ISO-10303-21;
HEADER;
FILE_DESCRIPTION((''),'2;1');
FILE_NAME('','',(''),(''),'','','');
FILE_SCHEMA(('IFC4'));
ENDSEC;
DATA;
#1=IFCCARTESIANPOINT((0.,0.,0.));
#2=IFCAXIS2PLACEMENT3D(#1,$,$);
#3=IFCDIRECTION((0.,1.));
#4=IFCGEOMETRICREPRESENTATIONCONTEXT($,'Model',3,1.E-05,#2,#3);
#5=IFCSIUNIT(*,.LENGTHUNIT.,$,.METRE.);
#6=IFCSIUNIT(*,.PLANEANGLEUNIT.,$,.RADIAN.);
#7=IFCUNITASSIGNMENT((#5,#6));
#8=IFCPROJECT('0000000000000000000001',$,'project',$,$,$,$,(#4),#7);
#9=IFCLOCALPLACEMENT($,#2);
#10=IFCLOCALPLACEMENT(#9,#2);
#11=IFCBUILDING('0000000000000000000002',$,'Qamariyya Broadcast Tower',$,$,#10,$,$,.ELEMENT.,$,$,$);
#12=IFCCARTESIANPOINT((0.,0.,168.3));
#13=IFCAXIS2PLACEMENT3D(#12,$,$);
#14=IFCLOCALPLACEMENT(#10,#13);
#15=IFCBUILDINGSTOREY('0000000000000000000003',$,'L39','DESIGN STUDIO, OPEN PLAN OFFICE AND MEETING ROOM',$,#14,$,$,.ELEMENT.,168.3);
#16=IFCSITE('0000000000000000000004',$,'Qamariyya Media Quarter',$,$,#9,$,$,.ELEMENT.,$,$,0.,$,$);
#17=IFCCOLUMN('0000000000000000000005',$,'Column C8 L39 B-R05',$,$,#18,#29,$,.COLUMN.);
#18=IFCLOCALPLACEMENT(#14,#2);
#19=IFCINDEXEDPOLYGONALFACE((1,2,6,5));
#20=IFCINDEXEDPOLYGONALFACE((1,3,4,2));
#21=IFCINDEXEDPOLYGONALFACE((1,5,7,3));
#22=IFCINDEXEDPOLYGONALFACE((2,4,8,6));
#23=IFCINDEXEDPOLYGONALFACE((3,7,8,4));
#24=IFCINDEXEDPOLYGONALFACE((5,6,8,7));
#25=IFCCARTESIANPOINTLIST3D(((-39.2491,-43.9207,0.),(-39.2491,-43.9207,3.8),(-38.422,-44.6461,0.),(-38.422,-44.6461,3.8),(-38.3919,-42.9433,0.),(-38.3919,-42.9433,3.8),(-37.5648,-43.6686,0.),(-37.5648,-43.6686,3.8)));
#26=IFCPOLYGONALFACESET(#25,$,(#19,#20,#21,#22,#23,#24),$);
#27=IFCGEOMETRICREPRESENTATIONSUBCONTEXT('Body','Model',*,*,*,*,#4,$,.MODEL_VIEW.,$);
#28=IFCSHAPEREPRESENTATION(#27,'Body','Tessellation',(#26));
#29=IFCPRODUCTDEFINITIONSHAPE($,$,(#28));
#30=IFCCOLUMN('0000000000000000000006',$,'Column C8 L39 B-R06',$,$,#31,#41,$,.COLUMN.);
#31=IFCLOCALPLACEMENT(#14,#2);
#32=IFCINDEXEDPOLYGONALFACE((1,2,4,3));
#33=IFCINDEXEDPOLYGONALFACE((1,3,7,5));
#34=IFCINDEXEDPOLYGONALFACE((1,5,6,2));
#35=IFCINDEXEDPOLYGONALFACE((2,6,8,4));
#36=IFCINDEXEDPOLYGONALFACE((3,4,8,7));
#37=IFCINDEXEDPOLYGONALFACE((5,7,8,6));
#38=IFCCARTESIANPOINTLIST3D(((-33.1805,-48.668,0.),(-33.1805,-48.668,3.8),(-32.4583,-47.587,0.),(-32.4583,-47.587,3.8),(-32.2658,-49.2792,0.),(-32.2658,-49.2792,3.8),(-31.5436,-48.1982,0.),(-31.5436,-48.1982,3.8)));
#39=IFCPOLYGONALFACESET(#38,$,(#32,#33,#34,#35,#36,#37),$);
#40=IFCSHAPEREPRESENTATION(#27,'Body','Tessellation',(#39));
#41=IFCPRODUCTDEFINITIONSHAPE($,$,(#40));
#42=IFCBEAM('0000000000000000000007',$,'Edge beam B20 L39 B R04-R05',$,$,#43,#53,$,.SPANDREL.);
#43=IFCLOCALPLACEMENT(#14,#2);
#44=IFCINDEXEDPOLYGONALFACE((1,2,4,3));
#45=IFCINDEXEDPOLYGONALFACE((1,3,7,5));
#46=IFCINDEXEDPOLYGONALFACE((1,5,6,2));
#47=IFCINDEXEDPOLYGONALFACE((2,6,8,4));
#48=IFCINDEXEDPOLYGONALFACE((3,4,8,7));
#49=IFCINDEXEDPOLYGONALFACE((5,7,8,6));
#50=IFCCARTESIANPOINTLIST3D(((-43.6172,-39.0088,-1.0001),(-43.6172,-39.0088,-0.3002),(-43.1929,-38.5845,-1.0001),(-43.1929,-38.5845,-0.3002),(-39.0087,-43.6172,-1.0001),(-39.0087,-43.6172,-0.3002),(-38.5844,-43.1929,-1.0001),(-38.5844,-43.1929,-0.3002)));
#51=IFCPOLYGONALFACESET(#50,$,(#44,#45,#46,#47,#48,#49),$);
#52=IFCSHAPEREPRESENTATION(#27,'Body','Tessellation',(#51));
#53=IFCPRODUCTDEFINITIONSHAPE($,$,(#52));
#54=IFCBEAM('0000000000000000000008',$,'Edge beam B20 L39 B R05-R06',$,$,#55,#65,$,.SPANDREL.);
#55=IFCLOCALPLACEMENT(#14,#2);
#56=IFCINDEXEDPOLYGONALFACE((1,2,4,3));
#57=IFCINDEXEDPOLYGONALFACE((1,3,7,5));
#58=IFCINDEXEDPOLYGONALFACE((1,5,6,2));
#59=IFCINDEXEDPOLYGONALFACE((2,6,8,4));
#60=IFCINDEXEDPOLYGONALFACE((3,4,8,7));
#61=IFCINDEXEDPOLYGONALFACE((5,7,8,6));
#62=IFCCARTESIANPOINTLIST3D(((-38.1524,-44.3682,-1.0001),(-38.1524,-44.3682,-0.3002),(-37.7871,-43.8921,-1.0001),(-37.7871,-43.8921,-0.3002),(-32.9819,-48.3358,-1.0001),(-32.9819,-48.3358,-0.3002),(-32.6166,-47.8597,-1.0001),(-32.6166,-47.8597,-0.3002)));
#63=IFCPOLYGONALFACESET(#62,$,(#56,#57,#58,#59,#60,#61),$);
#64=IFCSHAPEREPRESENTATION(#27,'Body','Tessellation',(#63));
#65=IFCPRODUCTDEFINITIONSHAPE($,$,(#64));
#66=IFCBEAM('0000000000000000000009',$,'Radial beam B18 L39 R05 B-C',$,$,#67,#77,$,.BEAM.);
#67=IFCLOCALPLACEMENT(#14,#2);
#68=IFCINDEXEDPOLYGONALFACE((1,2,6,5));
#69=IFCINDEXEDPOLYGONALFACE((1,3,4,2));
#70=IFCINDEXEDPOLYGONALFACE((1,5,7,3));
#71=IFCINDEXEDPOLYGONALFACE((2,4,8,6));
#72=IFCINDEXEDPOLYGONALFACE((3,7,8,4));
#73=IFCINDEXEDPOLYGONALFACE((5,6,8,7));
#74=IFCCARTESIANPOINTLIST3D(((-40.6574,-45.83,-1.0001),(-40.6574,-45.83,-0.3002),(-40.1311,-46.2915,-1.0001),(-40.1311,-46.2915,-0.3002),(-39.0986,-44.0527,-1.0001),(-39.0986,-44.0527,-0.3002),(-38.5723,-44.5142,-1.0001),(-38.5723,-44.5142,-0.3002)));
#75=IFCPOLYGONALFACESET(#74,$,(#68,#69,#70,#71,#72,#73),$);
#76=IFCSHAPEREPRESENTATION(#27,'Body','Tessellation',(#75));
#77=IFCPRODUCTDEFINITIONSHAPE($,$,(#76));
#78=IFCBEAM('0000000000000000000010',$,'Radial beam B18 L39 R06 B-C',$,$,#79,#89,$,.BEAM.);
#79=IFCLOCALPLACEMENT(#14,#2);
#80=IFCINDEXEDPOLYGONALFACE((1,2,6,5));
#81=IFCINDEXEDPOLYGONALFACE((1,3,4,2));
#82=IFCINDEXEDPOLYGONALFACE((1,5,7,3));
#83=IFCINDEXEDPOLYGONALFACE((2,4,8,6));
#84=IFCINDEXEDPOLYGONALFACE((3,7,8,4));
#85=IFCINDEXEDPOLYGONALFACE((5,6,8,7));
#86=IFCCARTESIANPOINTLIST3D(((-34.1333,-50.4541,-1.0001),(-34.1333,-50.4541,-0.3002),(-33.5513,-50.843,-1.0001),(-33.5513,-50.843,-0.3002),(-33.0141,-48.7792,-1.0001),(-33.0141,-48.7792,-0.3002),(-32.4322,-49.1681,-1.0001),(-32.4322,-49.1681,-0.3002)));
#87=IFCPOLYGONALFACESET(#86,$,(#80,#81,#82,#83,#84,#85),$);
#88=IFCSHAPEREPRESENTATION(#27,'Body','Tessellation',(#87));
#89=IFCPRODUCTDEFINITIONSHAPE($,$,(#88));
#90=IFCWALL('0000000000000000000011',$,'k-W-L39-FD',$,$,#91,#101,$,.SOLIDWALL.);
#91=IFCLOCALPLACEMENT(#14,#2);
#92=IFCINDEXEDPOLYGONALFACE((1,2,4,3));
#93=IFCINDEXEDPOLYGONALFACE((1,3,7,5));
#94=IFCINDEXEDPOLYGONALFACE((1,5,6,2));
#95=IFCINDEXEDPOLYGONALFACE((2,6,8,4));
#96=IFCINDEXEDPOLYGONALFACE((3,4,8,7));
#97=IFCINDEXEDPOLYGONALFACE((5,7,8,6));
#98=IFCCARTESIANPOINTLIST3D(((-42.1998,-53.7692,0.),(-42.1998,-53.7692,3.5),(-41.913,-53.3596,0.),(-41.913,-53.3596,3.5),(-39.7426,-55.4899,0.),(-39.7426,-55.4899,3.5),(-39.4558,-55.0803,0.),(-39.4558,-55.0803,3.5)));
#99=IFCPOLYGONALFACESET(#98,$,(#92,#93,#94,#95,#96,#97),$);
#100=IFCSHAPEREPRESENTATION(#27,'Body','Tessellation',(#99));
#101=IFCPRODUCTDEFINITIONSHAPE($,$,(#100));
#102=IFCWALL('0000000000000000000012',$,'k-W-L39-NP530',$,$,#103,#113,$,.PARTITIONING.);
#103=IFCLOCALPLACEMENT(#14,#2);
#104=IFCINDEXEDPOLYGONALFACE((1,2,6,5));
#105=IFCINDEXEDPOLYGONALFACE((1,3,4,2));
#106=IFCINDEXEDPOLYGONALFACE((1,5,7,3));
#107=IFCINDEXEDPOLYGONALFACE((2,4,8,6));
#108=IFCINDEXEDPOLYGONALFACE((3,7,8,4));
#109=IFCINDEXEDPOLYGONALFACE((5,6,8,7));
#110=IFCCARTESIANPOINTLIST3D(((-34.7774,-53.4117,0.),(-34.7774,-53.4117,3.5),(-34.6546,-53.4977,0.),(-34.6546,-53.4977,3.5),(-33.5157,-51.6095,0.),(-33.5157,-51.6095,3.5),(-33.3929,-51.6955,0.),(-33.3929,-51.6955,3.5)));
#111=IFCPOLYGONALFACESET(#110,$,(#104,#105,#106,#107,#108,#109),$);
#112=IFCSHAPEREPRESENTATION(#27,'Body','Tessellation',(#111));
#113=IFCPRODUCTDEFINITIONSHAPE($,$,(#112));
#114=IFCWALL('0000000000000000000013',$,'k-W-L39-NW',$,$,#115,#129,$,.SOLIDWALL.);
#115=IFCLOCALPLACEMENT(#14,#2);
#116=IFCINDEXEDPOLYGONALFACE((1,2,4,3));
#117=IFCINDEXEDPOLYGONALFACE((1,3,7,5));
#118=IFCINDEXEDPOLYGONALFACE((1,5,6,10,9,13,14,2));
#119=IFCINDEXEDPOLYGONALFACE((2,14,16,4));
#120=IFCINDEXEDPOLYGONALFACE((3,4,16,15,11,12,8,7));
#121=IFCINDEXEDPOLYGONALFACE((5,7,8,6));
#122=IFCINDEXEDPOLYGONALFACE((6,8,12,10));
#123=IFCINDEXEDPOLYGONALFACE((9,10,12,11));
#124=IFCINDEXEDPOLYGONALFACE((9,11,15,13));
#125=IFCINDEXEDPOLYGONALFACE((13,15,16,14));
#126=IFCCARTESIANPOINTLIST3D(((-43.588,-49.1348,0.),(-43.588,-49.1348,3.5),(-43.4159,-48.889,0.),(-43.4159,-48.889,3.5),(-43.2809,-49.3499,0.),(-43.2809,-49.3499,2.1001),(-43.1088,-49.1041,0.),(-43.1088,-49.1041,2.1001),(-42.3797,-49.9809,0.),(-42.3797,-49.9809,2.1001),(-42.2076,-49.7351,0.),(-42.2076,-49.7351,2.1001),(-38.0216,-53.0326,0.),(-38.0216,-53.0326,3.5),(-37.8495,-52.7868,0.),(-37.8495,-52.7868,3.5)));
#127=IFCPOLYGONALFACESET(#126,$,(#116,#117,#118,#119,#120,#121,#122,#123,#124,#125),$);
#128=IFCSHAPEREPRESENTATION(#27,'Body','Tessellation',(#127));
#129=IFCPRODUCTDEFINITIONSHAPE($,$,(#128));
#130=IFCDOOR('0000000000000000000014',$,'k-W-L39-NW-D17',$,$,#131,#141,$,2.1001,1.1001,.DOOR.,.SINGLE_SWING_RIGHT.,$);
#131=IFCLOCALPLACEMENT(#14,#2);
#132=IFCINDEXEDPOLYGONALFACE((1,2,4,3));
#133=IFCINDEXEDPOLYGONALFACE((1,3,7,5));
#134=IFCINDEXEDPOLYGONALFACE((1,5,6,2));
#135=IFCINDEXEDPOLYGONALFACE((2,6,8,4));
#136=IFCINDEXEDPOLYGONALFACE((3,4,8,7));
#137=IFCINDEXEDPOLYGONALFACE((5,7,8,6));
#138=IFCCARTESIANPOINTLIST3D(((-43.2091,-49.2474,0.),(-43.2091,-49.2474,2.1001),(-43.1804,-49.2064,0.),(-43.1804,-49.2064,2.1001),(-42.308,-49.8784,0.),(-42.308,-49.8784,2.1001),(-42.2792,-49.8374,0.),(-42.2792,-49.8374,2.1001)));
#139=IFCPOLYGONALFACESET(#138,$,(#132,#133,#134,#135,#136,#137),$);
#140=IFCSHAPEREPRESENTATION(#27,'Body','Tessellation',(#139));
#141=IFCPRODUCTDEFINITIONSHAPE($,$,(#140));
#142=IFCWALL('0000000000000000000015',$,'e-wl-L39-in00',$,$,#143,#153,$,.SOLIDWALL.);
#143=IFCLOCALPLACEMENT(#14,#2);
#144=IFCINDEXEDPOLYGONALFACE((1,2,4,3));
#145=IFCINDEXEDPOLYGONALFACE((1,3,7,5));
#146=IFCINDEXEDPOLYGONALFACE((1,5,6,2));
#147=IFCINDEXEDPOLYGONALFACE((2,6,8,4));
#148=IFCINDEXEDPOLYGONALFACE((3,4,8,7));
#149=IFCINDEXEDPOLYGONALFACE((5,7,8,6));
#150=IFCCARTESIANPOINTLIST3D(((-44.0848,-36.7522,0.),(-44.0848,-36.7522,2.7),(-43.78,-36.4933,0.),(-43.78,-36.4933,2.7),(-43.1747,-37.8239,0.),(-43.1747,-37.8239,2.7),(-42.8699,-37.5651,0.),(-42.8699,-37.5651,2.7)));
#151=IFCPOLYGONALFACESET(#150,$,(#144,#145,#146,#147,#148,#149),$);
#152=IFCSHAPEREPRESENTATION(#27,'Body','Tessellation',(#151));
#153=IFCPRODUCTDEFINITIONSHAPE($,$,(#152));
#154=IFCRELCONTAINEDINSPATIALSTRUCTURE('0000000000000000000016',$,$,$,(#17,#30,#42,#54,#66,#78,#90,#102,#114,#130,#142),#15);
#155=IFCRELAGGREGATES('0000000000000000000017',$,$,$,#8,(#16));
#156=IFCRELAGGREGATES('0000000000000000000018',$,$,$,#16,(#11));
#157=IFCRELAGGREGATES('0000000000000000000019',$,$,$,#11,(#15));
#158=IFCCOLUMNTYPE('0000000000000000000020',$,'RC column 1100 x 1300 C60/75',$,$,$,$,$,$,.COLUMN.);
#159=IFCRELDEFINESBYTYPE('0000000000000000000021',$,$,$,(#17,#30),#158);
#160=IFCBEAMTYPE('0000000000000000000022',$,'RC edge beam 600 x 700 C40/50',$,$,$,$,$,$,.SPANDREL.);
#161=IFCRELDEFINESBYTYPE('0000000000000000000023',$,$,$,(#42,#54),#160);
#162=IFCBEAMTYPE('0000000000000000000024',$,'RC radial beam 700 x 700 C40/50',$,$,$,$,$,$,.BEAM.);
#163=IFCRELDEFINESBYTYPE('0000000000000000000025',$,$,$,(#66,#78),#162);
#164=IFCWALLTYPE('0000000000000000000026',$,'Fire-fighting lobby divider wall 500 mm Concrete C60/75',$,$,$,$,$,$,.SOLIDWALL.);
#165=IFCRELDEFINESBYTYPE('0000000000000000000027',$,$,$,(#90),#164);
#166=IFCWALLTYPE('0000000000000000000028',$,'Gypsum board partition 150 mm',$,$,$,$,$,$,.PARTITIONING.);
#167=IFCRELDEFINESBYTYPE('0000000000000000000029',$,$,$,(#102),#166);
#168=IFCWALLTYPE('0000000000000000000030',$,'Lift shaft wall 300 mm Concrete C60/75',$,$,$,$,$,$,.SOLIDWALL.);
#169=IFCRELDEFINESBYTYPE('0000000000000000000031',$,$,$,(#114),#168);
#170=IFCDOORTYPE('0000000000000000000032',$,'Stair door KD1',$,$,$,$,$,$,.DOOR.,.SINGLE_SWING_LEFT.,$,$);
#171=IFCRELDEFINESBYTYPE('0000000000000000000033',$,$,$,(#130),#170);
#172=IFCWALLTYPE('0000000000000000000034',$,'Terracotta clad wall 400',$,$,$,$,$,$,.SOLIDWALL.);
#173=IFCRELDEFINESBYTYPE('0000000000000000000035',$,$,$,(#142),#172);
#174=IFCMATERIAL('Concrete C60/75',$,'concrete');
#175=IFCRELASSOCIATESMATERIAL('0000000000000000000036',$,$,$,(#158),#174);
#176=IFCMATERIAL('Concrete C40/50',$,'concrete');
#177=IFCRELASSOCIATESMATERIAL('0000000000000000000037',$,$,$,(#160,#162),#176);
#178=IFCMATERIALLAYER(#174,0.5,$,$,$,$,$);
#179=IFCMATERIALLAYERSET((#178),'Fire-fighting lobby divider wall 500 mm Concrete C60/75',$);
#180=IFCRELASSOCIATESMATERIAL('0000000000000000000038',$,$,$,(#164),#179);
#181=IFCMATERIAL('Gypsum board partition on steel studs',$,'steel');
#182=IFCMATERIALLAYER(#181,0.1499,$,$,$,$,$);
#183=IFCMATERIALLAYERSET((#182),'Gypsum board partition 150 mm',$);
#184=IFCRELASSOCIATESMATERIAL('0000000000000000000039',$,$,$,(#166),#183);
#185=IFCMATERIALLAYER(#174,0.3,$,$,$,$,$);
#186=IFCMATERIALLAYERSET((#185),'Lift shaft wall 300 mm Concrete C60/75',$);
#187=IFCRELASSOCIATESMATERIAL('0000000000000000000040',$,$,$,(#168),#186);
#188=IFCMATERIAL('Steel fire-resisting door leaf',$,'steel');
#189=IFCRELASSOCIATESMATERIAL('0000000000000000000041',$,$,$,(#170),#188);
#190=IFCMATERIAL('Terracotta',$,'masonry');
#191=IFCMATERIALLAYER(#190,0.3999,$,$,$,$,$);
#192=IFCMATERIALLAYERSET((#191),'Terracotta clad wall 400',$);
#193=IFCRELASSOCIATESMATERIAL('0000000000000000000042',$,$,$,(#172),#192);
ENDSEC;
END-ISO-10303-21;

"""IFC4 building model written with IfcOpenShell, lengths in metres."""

from ifc_helpers import new_model, si_unit, direction, frame, frame_2d, origin, origin_2d, place, context, subcontext, project, spatial, rectangle, extrude, material, layer, layer_set, material_profile, profile_set, type_object, element, fill, save


model = new_model("IFC4")

# Units and contexts
model_context = context("Model", 3, precision=1e-05, world=origin(), true_north=direction((0.0, 1.0)))
body_context = subcontext(model_context, "Body", "Model", "MODEL_VIEW")
ifc_project = project(units=[si_unit("LENGTHUNIT", "METRE"), si_unit("PLANEANGLEUNIT", "RADIAN")], contexts=[model_context])

# Site, building, storey
site_placement = place(None, origin())
site = spatial("IfcSite", under=ifc_project, at=site_placement, Name="Qamariyya Media Quarter", CompositionType="ELEMENT", RefElevation=0.0)
building_placement = place(site_placement, origin())
building = spatial("IfcBuilding", under=site, at=building_placement, Name="Qamariyya Broadcast Tower", CompositionType="ELEMENT")
storey_placement = place(building_placement, frame((0.0, 0.0, 168.3)))
storey = spatial("IfcBuildingStorey", under=building, at=storey_placement, Name="L39", Description="DESIGN STUDIO, OPEN PLAN OFFICE AND MEETING ROOM", CompositionType="ELEMENT", Elevation=168.3)

# Columns
ifc_material_1 = material(Name="Concrete C60/75", Category="concrete")
ifc_material_profile_1 = material_profile(ifc_material_1, rectangle(XDim=1.1001, YDim=1.3, at=origin_2d()))
ifc_profile_set_1 = profile_set([ifc_material_profile_1], Name="Concrete C60/75")
column_type = type_object("IfcColumnType", Name="RC column 1100 x 1300 C60/75", PredefinedType="COLUMN", material=ifc_profile_set_1)
for number, where, z_axis, x_axis, name in (
    (1, (-38.407, -43.7947, 0.0), (0.0, 0.0, 1.0), (0.75184, -0.659346, 0.0), "Column C8 L39 B-R05"),
    (2, (-32.3621, -48.4331, 0.0), (0.0, 0.0, 1.0), (0.83147, -0.55557, 0.0), "Column C8 L39 B-R06"),
):
    element("IfcColumn", number, at=place(storey_placement, frame(where, z_axis=z_axis, x_axis=x_axis)), inside=storey, type_object=column_type, Name=name, PredefinedType="COLUMN", context=body_context, shape_type="SweptSolid", body=[
        extrude(rectangle(XDim=1.1001, YDim=1.3, at=origin_2d()), origin(), (0.0, 0.0, 1.0), 3.8),
    ])

# Beams
ifc_material_2 = material(Name="Concrete C40/50", Category="concrete")
ifc_material_profile_2 = material_profile(ifc_material_2, rectangle(XDim=0.6001, YDim=0.7, at=origin_2d()))
ifc_profile_set_2 = profile_set([ifc_material_profile_2], Name="Concrete C40/50")
beam_type_1 = type_object("IfcBeamType", Name="RC edge beam 600 x 700 C40/50", PredefinedType="SPANDREL", material=ifc_profile_set_2)
for number, where, z_axis, x_axis, name in (
    (3, (-43.405, -38.7966, -0.6501), (0.707107, -0.707107, 0.0), (0.707107, 0.707107, 0.0), "Edge beam B20 L39 B R04-R05"),
    (4, (-37.9697, -44.1301, -0.6501), (0.793343, -0.608774, 0.0), (0.608774, 0.793343, 0.0), "Edge beam B20 L39 B R05-R06"),
):
    element("IfcBeam", number, at=place(storey_placement, frame(where, z_axis=z_axis, x_axis=x_axis)), inside=storey, type_object=beam_type_1, Name=name, PredefinedType="SPANDREL", context=body_context, shape_type="SweptSolid", body=[
        extrude(rectangle(XDim=0.6001, YDim=0.7, at=origin_2d()), origin(), (0.0, 0.0, 1.0), 6.5173),
    ])
ifc_material_profile_3 = material_profile(ifc_material_2, rectangle(XDim=0.7, YDim=0.7, at=origin_2d()))
ifc_profile_set_3 = profile_set([ifc_material_profile_3], Name="Concrete C40/50")
beam_type_2 = type_object("IfcBeamType", Name="RC radial beam 700 x 700 C40/50", PredefinedType="BEAM", material=ifc_profile_set_3)
beam_1_placement = place(storey_placement, frame((-38.8354, -44.2834, -0.6501), z_axis=(-0.659382, -0.751809, 0.0), x_axis=(0.751809, -0.659382, 0.0)))
element("IfcBeam", 5, at=beam_1_placement, inside=storey, type_object=beam_type_2, Name="Radial beam B18 L39 R05 B-C", PredefinedType="BEAM", context=body_context, shape_type="SweptSolid", body=[
    extrude(rectangle(XDim=0.7, YDim=0.7, at=origin_2d()), origin(), (0.0, 0.0, 1.0), 2.364),
])
beam_2_placement = place(storey_placement, frame((-32.7231, -48.9736, -0.6501), z_axis=(-0.555595, -0.831453, 0.0), x_axis=(0.831453, -0.555595, 0.0)))
element("IfcBeam", 6, at=beam_2_placement, inside=storey, type_object=beam_type_2, Name="Radial beam B18 L39 R06 B-C", PredefinedType="BEAM", context=body_context, shape_type="SweptSolid", body=[
    extrude(rectangle(XDim=0.7, YDim=0.7, at=origin_2d()), origin(), (0.0, 0.0, 1.0), 2.0144),
])

# Walls
ifc_layer_1 = layer(ifc_material_1, 0.5)
ifc_layer_set_1 = layer_set([ifc_layer_1], Name="Fire-fighting lobby divider wall 500 mm Concrete C60/75")
wall_type_1 = type_object("IfcWallType", Name="Fire-fighting lobby divider wall 500 mm Concrete C60/75", PredefinedType="SOLIDWALL", material=ifc_layer_set_1)
wall_1_placement = place(storey_placement, frame((-39.5991, -55.2852, 0.0), z_axis=(0.0, 0.0, 1.0), x_axis=(-0.819136, 0.573599, 0.0)))
element("IfcWall", 7, at=wall_1_placement, inside=storey, type_object=wall_type_1, Name="k-W-L39-FD", PredefinedType="SOLIDWALL", context=body_context, shape_type="SweptSolid", body=[
    extrude(rectangle(XDim=2.9998, YDim=0.5, at=frame_2d((1.5, 0.0))), origin(), (0.0, 0.0, 1.0), 3.5),
])
ifc_material_3 = material(Name="Gypsum board partition on steel studs", Category="steel")
ifc_layer_2 = layer(ifc_material_3, 0.1499)
ifc_layer_set_2 = layer_set([ifc_layer_2], Name="Gypsum board partition 150 mm")
wall_type_2 = type_object("IfcWallType", Name="Gypsum board partition 150 mm", PredefinedType="PARTITIONING", material=ifc_layer_set_2)
wall_2_placement = place(storey_placement, frame((-34.7161, -53.4548, 0.0), z_axis=(0.0, 0.0, 1.0), x_axis=(0.573507, 0.819201, 0.0)))
element("IfcWall", 8, at=wall_2_placement, inside=storey, type_object=wall_type_2, Name="k-W-L39-NP530", PredefinedType="PARTITIONING", context=body_context, shape_type="SweptSolid", body=[
    extrude(rectangle(XDim=2.2, YDim=0.1499, at=frame_2d((1.1001, 0.0))), origin(), (0.0, 0.0, 1.0), 3.5),
])

# Wall, opening, door
ifc_layer_3 = layer(ifc_material_1, 0.3)
ifc_layer_set_3 = layer_set([ifc_layer_3], Name="Lift shaft wall 300 mm Concrete C60/75")
wall_type_3 = type_object("IfcWallType", Name="Lift shaft wall 300 mm Concrete C60/75", PredefinedType="SOLIDWALL", material=ifc_layer_set_3)
wall_3_placement = place(storey_placement, frame((-37.9355, -52.9097, 0.0), z_axis=(0.0, 0.0, 1.0), x_axis=(-0.819148, 0.573583, 0.0)))
wall_3 = element("IfcWall", 9, at=wall_3_placement, inside=storey, type_object=wall_type_3, Name="k-W-L39-NW", PredefinedType="SOLIDWALL", context=body_context, shape_type="SweptSolid", body=[
    extrude(rectangle(XDim=6.7954, YDim=0.3, at=frame_2d((3.3977, 0.0))), origin(), (0.0, 0.0, 1.0), 3.5),
])
opening_1_placement = place(wall_3_placement, frame((5.3203, 0.0, 0.0)))
opening_1 = element("IfcOpeningElement", 10, at=opening_1_placement, cuts=wall_3, PredefinedType="OPENING", context=body_context, shape_type="SweptSolid", body=[
    extrude(rectangle(XDim=1.1001, YDim=2.1001, at=frame_2d((0.55, 1.05))), frame((0.0, 0.1599, 0.0), z_axis=(0.0, -1.0, 0.0), x_axis=(1.0, 0.0, 0.0)), (0.0, 0.0, 1.0), 0.3201),
])
ifc_material_4 = material(Name="Steel fire-resisting door leaf", Category="steel")
door_type = type_object("IfcDoorType", Name="Stair door KD1", OperationType="SINGLE_SWING_LEFT", PredefinedType="DOOR", material=ifc_material_4)
door_placement = place(opening_1_placement, origin())
door = element("IfcDoor", 11, at=door_placement, inside=storey, type_object=door_type, Name="k-W-L39-NW-D17", OperationType="SINGLE_SWING_RIGHT", OverallHeight=2.1001, OverallWidth=1.1001, PredefinedType="DOOR", context=body_context, shape_type="SweptSolid", body=[
    extrude(rectangle(XDim=1.1001, YDim=2.1001, at=frame_2d((0.55, 1.05))), frame((0.0, 0.0249, 0.0), z_axis=(0.0, -1.0, 0.0), x_axis=(1.0, 0.0, 0.0)), (0.0, 0.0, 1.0), 0.05),
])
fill(opening_1, door)

# Wall
ifc_material_5 = material(Name="Terracotta", Category="masonry")
ifc_layer_4 = layer(ifc_material_5, 0.3999)
ifc_layer_set_4 = layer_set([ifc_layer_4], Name="Terracotta clad wall 400")
wall_type_4 = type_object("IfcWallType", Name="Terracotta clad wall 400", PredefinedType="SOLIDWALL", material=ifc_layer_set_4)
wall_4_placement = place(storey_placement, frame((-43.0222, -37.6946, 0.0), z_axis=(0.0, 0.0, 1.0), x_axis=(-0.647296, 0.762239, 0.0)))
element("IfcWall", 12, at=wall_4_placement, inside=storey, type_object=wall_type_4, Name="e-wl-L39-in00", PredefinedType="SOLIDWALL", context=body_context, shape_type="SweptSolid", body=[
    extrude(rectangle(XDim=1.406, YDim=0.3999, at=frame_2d((0.7031, 0.0))), origin(), (0.0, 0.0, 1.0), 2.7),
])

save(model, "model.ifc")
